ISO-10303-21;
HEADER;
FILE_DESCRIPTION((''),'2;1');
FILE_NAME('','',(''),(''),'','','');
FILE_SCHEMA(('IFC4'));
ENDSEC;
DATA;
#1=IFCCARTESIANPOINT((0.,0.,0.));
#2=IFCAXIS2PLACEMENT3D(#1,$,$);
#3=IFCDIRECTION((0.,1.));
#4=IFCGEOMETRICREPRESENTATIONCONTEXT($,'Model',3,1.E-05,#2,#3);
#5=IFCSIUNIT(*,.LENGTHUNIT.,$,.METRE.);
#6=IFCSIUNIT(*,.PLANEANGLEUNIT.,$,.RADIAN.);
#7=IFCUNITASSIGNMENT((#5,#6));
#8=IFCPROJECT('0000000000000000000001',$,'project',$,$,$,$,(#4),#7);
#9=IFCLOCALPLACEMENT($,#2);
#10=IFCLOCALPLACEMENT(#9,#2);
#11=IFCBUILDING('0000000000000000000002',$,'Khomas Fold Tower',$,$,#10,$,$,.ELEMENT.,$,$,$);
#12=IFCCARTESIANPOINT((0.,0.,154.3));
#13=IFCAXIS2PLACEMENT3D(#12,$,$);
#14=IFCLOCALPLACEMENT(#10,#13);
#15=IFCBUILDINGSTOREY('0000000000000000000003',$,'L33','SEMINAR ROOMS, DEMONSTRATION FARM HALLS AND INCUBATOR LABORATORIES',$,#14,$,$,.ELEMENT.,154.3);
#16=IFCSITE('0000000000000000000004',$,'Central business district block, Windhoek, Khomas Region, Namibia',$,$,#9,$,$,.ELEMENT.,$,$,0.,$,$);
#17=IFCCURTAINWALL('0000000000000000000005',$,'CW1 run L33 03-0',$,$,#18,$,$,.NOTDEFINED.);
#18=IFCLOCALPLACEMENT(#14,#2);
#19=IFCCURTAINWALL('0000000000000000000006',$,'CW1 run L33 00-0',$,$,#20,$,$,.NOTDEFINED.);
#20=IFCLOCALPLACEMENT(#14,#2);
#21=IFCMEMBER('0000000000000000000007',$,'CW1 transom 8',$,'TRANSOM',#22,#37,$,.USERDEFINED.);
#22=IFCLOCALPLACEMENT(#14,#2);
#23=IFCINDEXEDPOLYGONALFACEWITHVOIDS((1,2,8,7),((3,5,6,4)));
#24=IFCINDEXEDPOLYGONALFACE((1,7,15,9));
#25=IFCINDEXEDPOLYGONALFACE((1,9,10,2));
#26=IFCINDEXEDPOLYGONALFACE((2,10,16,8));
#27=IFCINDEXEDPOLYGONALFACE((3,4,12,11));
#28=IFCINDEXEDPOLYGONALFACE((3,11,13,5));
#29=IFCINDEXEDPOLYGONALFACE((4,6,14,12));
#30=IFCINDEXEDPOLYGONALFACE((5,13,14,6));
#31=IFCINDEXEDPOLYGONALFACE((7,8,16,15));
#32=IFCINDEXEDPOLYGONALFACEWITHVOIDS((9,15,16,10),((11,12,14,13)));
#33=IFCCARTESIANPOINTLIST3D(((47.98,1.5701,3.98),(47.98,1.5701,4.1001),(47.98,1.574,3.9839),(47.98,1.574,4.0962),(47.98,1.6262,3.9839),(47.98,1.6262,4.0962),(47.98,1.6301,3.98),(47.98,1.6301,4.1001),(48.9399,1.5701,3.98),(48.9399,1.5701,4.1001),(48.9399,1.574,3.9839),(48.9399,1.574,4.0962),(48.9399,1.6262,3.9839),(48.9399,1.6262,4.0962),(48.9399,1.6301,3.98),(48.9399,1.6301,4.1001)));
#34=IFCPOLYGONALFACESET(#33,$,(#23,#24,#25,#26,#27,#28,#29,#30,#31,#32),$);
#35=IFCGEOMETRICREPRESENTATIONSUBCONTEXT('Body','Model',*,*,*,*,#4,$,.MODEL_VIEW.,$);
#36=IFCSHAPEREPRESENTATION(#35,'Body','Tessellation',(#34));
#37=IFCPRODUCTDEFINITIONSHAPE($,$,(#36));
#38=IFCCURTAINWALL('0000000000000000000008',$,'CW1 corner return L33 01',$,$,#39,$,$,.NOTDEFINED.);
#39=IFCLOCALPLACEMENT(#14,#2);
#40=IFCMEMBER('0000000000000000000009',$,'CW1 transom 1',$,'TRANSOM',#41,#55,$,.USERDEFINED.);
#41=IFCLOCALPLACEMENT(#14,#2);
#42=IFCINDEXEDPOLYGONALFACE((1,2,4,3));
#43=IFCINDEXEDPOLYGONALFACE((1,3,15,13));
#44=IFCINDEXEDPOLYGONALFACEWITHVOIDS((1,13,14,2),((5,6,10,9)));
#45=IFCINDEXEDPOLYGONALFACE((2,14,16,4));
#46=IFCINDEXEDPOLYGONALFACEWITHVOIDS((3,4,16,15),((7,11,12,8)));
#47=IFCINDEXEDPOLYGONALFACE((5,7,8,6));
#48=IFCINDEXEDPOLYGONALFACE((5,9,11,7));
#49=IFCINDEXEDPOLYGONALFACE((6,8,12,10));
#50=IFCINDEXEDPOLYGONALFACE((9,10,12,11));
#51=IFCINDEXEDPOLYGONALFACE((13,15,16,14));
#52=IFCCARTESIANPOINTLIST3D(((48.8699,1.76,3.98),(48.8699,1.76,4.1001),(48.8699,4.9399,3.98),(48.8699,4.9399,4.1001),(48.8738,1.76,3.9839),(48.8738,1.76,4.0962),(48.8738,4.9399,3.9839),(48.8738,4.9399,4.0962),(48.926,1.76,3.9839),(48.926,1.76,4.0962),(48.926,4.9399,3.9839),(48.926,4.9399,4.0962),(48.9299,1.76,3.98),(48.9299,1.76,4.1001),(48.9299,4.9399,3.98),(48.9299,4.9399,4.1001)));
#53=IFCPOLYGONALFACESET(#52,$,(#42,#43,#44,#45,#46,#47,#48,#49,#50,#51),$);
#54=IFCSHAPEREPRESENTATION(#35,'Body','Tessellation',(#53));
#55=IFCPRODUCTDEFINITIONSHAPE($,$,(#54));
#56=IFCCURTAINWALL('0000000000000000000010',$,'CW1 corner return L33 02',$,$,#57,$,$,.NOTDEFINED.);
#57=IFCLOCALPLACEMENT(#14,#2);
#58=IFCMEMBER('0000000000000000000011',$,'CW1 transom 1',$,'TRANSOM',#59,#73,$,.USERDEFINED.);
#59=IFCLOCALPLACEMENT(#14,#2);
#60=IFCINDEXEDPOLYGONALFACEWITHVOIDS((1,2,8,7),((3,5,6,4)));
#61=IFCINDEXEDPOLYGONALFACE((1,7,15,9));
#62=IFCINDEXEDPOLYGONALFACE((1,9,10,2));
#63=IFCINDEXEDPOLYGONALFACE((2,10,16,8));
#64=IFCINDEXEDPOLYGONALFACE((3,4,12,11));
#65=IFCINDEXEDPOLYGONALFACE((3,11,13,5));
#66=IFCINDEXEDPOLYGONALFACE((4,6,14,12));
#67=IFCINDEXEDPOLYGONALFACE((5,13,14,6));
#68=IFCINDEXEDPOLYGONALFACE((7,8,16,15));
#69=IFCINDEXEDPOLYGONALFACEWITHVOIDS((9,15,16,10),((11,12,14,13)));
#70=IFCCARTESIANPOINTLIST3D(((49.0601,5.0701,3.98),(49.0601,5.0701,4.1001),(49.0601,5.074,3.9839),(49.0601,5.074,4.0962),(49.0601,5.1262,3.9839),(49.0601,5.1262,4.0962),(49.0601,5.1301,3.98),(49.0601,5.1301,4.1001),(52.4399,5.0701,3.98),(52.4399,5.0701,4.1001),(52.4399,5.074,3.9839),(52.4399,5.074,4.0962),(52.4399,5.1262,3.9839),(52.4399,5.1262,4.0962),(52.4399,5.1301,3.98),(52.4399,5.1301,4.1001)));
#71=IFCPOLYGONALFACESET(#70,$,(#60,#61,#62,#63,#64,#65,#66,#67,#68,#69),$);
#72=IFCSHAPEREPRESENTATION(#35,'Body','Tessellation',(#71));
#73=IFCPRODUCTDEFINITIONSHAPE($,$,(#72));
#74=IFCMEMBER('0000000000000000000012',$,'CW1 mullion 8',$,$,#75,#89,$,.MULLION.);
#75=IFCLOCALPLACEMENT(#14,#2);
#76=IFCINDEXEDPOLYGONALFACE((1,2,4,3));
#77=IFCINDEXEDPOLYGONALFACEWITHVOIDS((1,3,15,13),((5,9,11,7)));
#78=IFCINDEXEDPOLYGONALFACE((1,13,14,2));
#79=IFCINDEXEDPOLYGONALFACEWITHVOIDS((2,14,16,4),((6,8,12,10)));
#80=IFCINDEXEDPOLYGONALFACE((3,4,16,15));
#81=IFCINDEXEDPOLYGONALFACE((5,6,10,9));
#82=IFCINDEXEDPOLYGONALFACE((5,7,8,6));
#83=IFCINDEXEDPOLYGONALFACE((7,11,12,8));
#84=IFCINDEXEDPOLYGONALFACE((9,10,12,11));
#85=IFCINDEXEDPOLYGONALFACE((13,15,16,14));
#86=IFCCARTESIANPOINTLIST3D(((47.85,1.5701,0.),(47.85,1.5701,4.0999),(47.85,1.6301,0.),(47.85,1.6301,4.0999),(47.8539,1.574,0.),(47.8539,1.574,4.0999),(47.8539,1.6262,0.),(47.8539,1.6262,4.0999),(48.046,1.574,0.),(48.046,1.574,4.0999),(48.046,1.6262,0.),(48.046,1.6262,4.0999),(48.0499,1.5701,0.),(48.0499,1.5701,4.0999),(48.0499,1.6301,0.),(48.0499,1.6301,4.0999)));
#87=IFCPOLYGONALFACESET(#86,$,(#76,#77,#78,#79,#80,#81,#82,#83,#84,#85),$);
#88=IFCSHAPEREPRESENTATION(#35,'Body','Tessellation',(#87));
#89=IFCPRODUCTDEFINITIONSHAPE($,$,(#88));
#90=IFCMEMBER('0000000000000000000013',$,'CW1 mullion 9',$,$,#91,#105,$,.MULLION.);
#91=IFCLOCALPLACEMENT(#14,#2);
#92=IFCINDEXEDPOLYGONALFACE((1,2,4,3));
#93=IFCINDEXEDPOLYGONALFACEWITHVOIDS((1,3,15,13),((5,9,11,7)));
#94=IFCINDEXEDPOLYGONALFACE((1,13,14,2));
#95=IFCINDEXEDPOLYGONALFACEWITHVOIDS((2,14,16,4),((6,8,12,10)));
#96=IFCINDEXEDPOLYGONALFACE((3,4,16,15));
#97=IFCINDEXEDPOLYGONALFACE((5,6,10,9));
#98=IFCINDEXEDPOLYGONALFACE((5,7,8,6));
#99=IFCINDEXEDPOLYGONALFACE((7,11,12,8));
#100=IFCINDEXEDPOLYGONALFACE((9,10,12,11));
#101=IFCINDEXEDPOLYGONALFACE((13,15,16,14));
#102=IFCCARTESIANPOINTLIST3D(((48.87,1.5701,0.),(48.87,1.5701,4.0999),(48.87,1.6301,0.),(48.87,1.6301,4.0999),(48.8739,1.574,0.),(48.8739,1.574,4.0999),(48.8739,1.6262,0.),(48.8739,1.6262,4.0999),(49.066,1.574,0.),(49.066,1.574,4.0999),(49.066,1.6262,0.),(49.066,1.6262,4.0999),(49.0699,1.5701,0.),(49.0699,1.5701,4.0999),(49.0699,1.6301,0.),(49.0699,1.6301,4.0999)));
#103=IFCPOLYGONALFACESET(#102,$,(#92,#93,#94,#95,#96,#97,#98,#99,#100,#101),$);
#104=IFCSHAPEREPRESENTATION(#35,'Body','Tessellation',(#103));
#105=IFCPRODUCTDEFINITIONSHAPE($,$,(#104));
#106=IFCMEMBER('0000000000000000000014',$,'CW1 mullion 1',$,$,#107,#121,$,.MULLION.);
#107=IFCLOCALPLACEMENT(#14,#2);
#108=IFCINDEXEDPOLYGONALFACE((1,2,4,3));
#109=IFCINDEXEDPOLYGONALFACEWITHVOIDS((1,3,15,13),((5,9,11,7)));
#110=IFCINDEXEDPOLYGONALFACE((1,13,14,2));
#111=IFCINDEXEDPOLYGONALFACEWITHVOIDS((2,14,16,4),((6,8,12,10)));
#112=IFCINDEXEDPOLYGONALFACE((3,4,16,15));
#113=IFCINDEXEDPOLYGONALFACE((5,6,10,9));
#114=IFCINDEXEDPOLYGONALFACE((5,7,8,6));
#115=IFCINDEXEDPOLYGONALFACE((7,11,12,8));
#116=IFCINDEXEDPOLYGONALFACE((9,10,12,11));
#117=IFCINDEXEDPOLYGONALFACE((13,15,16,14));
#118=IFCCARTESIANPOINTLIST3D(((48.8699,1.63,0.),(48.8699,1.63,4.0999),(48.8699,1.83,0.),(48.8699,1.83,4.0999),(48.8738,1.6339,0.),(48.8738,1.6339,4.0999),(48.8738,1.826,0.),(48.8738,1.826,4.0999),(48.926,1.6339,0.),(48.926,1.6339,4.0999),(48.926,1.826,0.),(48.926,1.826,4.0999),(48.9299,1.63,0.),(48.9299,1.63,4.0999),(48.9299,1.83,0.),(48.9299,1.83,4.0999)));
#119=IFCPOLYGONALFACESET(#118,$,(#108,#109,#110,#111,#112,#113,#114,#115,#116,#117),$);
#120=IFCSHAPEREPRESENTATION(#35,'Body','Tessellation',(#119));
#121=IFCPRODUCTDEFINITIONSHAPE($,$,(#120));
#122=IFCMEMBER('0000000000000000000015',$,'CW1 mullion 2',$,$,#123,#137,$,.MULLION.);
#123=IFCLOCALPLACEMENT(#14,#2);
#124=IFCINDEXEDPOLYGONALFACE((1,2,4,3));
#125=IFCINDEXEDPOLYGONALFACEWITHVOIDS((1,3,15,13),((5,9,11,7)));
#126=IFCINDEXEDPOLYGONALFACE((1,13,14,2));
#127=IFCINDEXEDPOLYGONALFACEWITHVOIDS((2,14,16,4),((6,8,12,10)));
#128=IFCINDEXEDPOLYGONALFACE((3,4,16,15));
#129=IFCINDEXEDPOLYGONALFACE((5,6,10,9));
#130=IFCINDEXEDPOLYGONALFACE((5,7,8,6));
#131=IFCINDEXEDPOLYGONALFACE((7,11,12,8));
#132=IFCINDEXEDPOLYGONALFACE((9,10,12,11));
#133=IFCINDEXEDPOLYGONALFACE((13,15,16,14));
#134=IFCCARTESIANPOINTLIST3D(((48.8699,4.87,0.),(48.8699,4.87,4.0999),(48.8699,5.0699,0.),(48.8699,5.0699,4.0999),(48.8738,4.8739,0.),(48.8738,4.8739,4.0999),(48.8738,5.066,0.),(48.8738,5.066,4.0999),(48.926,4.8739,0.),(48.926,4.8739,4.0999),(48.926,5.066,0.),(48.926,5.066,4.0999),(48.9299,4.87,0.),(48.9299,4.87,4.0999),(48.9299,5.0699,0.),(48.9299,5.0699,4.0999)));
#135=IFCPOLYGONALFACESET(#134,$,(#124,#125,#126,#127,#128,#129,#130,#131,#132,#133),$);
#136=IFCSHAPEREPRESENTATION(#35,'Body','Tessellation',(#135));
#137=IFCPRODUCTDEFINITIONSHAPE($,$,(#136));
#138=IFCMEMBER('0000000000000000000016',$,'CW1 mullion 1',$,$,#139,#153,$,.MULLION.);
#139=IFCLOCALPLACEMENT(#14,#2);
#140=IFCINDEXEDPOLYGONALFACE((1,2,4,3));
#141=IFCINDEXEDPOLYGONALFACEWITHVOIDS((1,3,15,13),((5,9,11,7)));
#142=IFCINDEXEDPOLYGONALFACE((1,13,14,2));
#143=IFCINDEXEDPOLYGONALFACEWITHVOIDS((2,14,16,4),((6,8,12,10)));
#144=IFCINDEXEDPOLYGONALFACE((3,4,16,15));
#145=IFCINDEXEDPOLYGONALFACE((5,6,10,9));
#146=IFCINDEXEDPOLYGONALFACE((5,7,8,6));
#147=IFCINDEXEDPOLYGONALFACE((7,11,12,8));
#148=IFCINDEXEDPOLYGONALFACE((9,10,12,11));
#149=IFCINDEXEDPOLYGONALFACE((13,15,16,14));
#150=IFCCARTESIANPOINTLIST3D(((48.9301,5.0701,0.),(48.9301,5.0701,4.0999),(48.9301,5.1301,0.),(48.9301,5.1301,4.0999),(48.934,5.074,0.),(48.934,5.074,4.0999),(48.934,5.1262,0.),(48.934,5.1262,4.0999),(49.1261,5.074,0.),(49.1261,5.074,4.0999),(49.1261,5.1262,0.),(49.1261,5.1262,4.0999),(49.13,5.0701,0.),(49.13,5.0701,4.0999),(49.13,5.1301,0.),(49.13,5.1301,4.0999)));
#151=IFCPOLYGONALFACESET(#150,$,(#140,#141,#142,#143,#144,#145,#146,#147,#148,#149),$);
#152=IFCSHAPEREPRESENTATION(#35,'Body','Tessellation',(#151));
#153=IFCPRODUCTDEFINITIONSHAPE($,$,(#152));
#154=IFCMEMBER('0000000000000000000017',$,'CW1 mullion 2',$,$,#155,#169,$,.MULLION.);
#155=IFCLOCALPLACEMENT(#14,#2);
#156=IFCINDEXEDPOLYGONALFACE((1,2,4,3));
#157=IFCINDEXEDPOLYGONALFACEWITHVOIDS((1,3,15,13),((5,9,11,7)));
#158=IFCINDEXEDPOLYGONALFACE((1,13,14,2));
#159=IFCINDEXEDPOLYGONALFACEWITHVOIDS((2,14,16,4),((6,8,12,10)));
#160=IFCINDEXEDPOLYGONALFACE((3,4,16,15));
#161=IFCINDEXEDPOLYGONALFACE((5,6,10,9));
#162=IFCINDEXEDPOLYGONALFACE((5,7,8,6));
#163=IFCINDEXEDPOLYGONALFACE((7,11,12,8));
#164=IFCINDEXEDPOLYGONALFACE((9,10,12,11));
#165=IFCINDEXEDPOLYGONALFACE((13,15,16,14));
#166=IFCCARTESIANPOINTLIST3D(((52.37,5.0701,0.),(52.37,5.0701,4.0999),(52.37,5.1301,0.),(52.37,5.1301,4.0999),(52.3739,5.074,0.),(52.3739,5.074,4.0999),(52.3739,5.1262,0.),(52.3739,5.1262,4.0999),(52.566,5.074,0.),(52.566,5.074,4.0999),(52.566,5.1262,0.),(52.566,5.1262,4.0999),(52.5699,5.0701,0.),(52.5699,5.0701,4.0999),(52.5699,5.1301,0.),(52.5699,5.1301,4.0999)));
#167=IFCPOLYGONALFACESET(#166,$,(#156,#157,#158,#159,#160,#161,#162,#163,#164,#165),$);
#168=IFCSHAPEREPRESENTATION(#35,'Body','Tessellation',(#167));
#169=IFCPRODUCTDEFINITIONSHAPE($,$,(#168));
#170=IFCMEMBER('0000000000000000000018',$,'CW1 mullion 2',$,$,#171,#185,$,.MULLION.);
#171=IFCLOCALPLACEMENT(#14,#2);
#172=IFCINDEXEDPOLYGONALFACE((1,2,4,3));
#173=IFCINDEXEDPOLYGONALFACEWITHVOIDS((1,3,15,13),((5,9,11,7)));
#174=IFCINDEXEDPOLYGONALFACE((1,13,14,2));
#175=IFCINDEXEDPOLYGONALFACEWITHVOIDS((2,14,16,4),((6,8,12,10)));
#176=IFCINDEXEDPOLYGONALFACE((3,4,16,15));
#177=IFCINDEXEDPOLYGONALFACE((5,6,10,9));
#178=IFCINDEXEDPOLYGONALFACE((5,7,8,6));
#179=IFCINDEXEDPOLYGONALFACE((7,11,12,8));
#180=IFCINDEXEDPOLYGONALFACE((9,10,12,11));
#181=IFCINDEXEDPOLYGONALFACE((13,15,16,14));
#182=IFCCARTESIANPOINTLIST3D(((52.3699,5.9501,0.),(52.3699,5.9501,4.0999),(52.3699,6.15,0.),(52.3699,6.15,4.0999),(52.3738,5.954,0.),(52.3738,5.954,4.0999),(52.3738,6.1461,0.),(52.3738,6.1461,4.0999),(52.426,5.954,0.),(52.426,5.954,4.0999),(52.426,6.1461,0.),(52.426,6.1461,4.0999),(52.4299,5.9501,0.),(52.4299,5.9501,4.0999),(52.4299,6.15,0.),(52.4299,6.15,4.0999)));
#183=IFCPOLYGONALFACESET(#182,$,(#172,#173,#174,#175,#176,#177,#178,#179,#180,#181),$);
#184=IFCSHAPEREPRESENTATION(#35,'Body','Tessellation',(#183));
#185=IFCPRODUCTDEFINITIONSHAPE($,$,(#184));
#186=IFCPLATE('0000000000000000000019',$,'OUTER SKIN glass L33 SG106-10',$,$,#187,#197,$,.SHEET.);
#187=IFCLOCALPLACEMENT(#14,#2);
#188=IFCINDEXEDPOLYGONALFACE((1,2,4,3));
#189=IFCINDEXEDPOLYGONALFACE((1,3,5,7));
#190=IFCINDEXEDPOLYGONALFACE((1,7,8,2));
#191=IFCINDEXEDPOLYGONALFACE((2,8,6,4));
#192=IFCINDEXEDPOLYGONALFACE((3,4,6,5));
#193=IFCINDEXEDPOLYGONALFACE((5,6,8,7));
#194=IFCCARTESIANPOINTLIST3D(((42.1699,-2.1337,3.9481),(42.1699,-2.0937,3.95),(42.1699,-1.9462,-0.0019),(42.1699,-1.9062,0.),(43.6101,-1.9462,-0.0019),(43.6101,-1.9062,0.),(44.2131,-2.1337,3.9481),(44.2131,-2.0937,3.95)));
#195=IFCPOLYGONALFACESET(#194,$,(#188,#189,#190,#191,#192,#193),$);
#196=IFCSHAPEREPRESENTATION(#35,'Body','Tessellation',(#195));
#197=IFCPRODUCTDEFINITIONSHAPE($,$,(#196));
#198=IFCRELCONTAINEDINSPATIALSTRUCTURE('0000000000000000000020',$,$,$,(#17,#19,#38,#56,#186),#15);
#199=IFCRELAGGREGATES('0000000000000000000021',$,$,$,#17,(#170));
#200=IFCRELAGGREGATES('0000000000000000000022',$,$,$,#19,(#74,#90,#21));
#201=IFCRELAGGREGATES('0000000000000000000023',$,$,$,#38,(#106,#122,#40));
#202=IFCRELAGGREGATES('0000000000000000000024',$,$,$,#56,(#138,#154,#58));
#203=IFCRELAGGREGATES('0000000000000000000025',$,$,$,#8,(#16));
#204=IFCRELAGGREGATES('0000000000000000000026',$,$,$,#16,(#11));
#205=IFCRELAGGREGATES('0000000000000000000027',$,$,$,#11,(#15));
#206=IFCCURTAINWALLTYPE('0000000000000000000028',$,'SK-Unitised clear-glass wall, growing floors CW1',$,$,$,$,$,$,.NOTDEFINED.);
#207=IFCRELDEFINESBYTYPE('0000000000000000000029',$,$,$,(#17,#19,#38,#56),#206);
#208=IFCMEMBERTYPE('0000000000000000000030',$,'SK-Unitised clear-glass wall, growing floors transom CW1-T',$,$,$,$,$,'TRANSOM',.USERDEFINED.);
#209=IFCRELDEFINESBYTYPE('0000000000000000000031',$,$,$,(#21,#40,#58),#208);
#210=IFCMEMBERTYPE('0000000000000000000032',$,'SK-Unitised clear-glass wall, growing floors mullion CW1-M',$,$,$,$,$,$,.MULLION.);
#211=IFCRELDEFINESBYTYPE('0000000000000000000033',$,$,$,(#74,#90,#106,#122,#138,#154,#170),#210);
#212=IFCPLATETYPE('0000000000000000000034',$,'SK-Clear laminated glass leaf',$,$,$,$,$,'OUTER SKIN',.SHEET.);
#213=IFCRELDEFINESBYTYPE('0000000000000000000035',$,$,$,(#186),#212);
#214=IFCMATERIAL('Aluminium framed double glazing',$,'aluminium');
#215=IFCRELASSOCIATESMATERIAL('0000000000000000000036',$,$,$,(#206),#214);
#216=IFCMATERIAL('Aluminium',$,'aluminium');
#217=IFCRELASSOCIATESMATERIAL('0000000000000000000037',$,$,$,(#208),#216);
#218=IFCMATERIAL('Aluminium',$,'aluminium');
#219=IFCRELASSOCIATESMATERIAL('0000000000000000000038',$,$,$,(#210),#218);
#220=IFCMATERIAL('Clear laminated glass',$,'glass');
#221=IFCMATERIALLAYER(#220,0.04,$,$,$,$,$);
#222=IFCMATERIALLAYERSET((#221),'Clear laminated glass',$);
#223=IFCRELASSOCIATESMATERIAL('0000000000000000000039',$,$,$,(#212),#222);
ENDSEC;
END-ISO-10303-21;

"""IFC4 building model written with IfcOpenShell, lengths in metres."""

from ifc_helpers import new_model, si_unit, direction, frame, origin, origin_2d, place, context, subcontext, project, spatial, polyline, hollow_rectangle, outline, extrude, source, transform, mapped, material, layer, layer_set, material_profile, profile_set, type_object, element, aggregate, save


model = new_model("IFC4")

# Units and contexts
model_context = context("Model", 3, precision=1e-05, world=origin(), true_north=direction((0.0, 1.0)))
body_context = subcontext(model_context, "Body", "Model", "MODEL_VIEW")
ifc_project = project(units=[si_unit("LENGTHUNIT", "METRE"), si_unit("PLANEANGLEUNIT", "RADIAN")], contexts=[model_context])

# Site, building, storey
site_placement = place(None, origin())
site = spatial("IfcSite", under=ifc_project, at=site_placement, Name="Central business district block, Windhoek, Khomas Region, Namibia", CompositionType="ELEMENT", RefElevation=0.0)
building_placement = place(site_placement, origin())
building = spatial("IfcBuilding", under=site, at=building_placement, Name="Khomas Fold Tower", CompositionType="ELEMENT")
storey_placement = place(building_placement, frame((0.0, 0.0, 154.3)))
storey = spatial("IfcBuildingStorey", under=building, at=storey_placement, Name="L33", Description="SEMINAR ROOMS, DEMONSTRATION FARM HALLS AND INCUBATOR LABORATORIES", CompositionType="ELEMENT", Elevation=154.3)

# Curtain wall
ifc_material_1 = material(Name="Aluminium framed double glazing", Category="aluminium")
curtain_wall_type = type_object("IfcCurtainWallType", Name="SK-Unitised clear-glass wall, growing floors CW1", PredefinedType="NOTDEFINED", material=ifc_material_1)
curtain_wall_1_placement = place(storey_placement, origin())
curtain_wall_1 = element("IfcCurtainWall", 1, at=curtain_wall_1_placement, inside=storey, type_object=curtain_wall_type, Name="CW1 run L33 03-0", PredefinedType="NOTDEFINED")
ifc_material_2 = material(Name="Aluminium", Category="aluminium")
ifc_material_profile_1 = material_profile(ifc_material_2, hollow_rectangle(XDim=0.0601, YDim=0.1201, WallThickness=0.0039, at=origin_2d()), Name="SK-Unitised clear-glass wall, growing floors transom CW1-T")
ifc_profile_set_1 = profile_set([ifc_material_profile_1], Name="Aluminium")
member_type_1 = type_object("IfcMemberType", Name="SK-Unitised clear-glass wall, growing floors transom CW1-T", ElementType="TRANSOM", PredefinedType="USERDEFINED", material=ifc_profile_set_1)

# Curtain walls, members
curtain_wall_2_placement = place(storey_placement, origin())
curtain_wall_2 = element("IfcCurtainWall", 2, at=curtain_wall_2_placement, inside=storey, type_object=curtain_wall_type, Name="CW1 run L33 00-0", PredefinedType="NOTDEFINED")
shared_shape_1 = source(origin(), body_context, "Body", "SweptSolid", [
    extrude(hollow_rectangle(XDim=0.0601, YDim=0.1201, WallThickness=0.0039, at=origin_2d()), origin(), (0.0, 0.0, 1.0), 0.96),
])
member_1_placement = place(storey_placement, frame((47.98, 1.6001, 4.04), z_axis=(1.0, 0.0, 0.0), x_axis=(0.0, 1.0, 0.0)))
member_1 = element("IfcMember", 3, at=member_1_placement, type_object=member_type_1, Name="CW1 transom 8", ObjectType="TRANSOM", PredefinedType="USERDEFINED", context=body_context, shape_type="MappedRepresentation", body=[
    mapped(shared_shape_1, transform((0.0, 0.0, 0.0))),
])
curtain_wall_3_placement = place(storey_placement, origin())
curtain_wall_3 = element("IfcCurtainWall", 4, at=curtain_wall_3_placement, inside=storey, type_object=curtain_wall_type, Name="CW1 corner return L33 01", PredefinedType="NOTDEFINED")
shared_shape_2 = source(origin(), body_context, "Body", "SweptSolid", [
    extrude(hollow_rectangle(XDim=0.0601, YDim=0.1201, WallThickness=0.0039, at=origin_2d()), origin(), (0.0, 0.0, 1.0), 3.1799),
])
member_2_placement = place(storey_placement, frame((48.8999, 1.76, 4.04), z_axis=(0.0, 1.0, 0.0), x_axis=(-1.0, 0.0, 0.0)))
member_2 = element("IfcMember", 5, at=member_2_placement, type_object=member_type_1, Name="CW1 transom 1", ObjectType="TRANSOM", PredefinedType="USERDEFINED", context=body_context, shape_type="MappedRepresentation", body=[
    mapped(shared_shape_2, transform((0.0, 0.0, 0.0))),
])
curtain_wall_4_placement = place(storey_placement, origin())
curtain_wall_4 = element("IfcCurtainWall", 6, at=curtain_wall_4_placement, inside=storey, type_object=curtain_wall_type, Name="CW1 corner return L33 02", PredefinedType="NOTDEFINED")
shared_shape_3 = source(origin(), body_context, "Body", "SweptSolid", [
    extrude(hollow_rectangle(XDim=0.0601, YDim=0.1201, WallThickness=0.0039, at=origin_2d()), origin(), (0.0, 0.0, 1.0), 3.3799),
])
member_3_placement = place(storey_placement, frame((49.0601, 5.1001, 4.04), z_axis=(1.0, 0.0, 0.0), x_axis=(0.0, 1.0, 0.0)))
member_3 = element("IfcMember", 7, at=member_3_placement, type_object=member_type_1, Name="CW1 transom 1", ObjectType="TRANSOM", PredefinedType="USERDEFINED", context=body_context, shape_type="MappedRepresentation", body=[
    mapped(shared_shape_3, transform((0.0, 0.0, 0.0))),
])

# Members
ifc_material_3 = material(Name="Aluminium", Category="aluminium")
ifc_material_profile_2 = material_profile(ifc_material_3, hollow_rectangle(XDim=0.0601, YDim=0.2, WallThickness=0.0039, at=origin_2d()), Name="SK-Unitised clear-glass wall, growing floors mullion CW1-M")
ifc_profile_set_2 = profile_set([ifc_material_profile_2], Name="Aluminium")
member_type_2 = type_object("IfcMemberType", Name="SK-Unitised clear-glass wall, growing floors mullion CW1-M", PredefinedType="MULLION", material=ifc_profile_set_2)
shared_shape_4 = source(origin(), body_context, "Body", "SweptSolid", [
    extrude(hollow_rectangle(XDim=0.0601, YDim=0.2, WallThickness=0.0039, at=origin_2d()), origin(), (0.0, 0.0, 1.0), 4.0999),
])
member_4_placement = place(storey_placement, frame((47.95, 1.6001, 0.0), z_axis=(0.0, 0.0, 1.0), x_axis=(0.0, 1.0, 0.0)))
member_4 = element("IfcMember", 8, at=member_4_placement, type_object=member_type_2, Name="CW1 mullion 8", PredefinedType="MULLION", context=body_context, shape_type="MappedRepresentation", body=[
    mapped(shared_shape_4, transform((0.0, 0.0, 0.0))),
])
member_5_placement = place(storey_placement, frame((48.97, 1.6001, 0.0), z_axis=(0.0, 0.0, 1.0), x_axis=(0.0, 1.0, 0.0)))
member_5 = element("IfcMember", 9, at=member_5_placement, type_object=member_type_2, Name="CW1 mullion 9", PredefinedType="MULLION", context=body_context, shape_type="MappedRepresentation", body=[
    mapped(shared_shape_4, transform((0.0, 0.0, 0.0))),
])
member_6_placement = place(storey_placement, frame((48.8999, 1.73, 0.0), z_axis=(0.0, 0.0, 1.0), x_axis=(-1.0, 0.0, 0.0)))
member_6 = element("IfcMember", 10, at=member_6_placement, type_object=member_type_2, Name="CW1 mullion 1", PredefinedType="MULLION", context=body_context, shape_type="MappedRepresentation", body=[
    mapped(shared_shape_4, transform((0.0, 0.0, 0.0))),
])
member_7_placement = place(storey_placement, frame((48.8999, 4.97, 0.0), z_axis=(0.0, 0.0, 1.0), x_axis=(-1.0, 0.0, 0.0)))
member_7 = element("IfcMember", 11, at=member_7_placement, type_object=member_type_2, Name="CW1 mullion 2", PredefinedType="MULLION", context=body_context, shape_type="MappedRepresentation", body=[
    mapped(shared_shape_4, transform((0.0, 0.0, 0.0))),
])
member_8_placement = place(storey_placement, frame((49.03, 5.1001, 0.0), z_axis=(0.0, 0.0, 1.0), x_axis=(0.0, 1.0, 0.0)))
member_8 = element("IfcMember", 12, at=member_8_placement, type_object=member_type_2, Name="CW1 mullion 1", PredefinedType="MULLION", context=body_context, shape_type="MappedRepresentation", body=[
    mapped(shared_shape_4, transform((0.0, 0.0, 0.0))),
])
member_9_placement = place(storey_placement, frame((52.47, 5.1001, 0.0), z_axis=(0.0, 0.0, 1.0), x_axis=(0.0, 1.0, 0.0)))
member_9 = element("IfcMember", 13, at=member_9_placement, type_object=member_type_2, Name="CW1 mullion 2", PredefinedType="MULLION", context=body_context, shape_type="MappedRepresentation", body=[
    mapped(shared_shape_4, transform((0.0, 0.0, 0.0))),
])
member_10_placement = place(storey_placement, frame((52.3999, 6.05, 0.0), z_axis=(0.0, 0.0, 1.0), x_axis=(-1.0, 0.0, 0.0)))
member_10 = element("IfcMember", 14, at=member_10_placement, type_object=member_type_2, Name="CW1 mullion 2", PredefinedType="MULLION", context=body_context, shape_type="MappedRepresentation", body=[
    mapped(shared_shape_4, transform((0.0, 0.0, 0.0))),
])

# Plate
ifc_material_4 = material(Name="Clear laminated glass", Category="glass")
ifc_layer_1 = layer(ifc_material_4, 0.04)
ifc_layer_set_1 = layer_set([ifc_layer_1], Name="Clear laminated glass")
plate_type_1 = type_object("IfcPlateType", Name="SK-Clear laminated glass leaf", ElementType="OUTER SKIN", PredefinedType="SHEET", material=ifc_layer_set_1)
plate_1_placement = place(storey_placement, frame((43.6101, -1.9062, 0.0), z_axis=(0.0, 0.998875, 0.047416), x_axis=(-1.0, 0.0, 0.0)))
element("IfcPlate", 15, at=plate_1_placement, inside=storey, type_object=plate_type_1, Name="OUTER SKIN glass L33 SG106-10", PredefinedType="SHEET", context=body_context, shape_type="SweptSolid", body=[
    extrude(outline(polyline([(0.0, 0.0), (1.4402, 0.0), (1.4402, 3.9544), (-0.603, 3.9544), (0.0, 0.0)])), origin(), (0.0, 0.0, -1.0), 0.04),
])

aggregate(curtain_wall_1, [member_10])
aggregate(curtain_wall_2, [member_4, member_5, member_1])
aggregate(curtain_wall_3, [member_6, member_7, member_2])
aggregate(curtain_wall_4, [member_8, member_9, member_3])

save(model, "model.ifc")
